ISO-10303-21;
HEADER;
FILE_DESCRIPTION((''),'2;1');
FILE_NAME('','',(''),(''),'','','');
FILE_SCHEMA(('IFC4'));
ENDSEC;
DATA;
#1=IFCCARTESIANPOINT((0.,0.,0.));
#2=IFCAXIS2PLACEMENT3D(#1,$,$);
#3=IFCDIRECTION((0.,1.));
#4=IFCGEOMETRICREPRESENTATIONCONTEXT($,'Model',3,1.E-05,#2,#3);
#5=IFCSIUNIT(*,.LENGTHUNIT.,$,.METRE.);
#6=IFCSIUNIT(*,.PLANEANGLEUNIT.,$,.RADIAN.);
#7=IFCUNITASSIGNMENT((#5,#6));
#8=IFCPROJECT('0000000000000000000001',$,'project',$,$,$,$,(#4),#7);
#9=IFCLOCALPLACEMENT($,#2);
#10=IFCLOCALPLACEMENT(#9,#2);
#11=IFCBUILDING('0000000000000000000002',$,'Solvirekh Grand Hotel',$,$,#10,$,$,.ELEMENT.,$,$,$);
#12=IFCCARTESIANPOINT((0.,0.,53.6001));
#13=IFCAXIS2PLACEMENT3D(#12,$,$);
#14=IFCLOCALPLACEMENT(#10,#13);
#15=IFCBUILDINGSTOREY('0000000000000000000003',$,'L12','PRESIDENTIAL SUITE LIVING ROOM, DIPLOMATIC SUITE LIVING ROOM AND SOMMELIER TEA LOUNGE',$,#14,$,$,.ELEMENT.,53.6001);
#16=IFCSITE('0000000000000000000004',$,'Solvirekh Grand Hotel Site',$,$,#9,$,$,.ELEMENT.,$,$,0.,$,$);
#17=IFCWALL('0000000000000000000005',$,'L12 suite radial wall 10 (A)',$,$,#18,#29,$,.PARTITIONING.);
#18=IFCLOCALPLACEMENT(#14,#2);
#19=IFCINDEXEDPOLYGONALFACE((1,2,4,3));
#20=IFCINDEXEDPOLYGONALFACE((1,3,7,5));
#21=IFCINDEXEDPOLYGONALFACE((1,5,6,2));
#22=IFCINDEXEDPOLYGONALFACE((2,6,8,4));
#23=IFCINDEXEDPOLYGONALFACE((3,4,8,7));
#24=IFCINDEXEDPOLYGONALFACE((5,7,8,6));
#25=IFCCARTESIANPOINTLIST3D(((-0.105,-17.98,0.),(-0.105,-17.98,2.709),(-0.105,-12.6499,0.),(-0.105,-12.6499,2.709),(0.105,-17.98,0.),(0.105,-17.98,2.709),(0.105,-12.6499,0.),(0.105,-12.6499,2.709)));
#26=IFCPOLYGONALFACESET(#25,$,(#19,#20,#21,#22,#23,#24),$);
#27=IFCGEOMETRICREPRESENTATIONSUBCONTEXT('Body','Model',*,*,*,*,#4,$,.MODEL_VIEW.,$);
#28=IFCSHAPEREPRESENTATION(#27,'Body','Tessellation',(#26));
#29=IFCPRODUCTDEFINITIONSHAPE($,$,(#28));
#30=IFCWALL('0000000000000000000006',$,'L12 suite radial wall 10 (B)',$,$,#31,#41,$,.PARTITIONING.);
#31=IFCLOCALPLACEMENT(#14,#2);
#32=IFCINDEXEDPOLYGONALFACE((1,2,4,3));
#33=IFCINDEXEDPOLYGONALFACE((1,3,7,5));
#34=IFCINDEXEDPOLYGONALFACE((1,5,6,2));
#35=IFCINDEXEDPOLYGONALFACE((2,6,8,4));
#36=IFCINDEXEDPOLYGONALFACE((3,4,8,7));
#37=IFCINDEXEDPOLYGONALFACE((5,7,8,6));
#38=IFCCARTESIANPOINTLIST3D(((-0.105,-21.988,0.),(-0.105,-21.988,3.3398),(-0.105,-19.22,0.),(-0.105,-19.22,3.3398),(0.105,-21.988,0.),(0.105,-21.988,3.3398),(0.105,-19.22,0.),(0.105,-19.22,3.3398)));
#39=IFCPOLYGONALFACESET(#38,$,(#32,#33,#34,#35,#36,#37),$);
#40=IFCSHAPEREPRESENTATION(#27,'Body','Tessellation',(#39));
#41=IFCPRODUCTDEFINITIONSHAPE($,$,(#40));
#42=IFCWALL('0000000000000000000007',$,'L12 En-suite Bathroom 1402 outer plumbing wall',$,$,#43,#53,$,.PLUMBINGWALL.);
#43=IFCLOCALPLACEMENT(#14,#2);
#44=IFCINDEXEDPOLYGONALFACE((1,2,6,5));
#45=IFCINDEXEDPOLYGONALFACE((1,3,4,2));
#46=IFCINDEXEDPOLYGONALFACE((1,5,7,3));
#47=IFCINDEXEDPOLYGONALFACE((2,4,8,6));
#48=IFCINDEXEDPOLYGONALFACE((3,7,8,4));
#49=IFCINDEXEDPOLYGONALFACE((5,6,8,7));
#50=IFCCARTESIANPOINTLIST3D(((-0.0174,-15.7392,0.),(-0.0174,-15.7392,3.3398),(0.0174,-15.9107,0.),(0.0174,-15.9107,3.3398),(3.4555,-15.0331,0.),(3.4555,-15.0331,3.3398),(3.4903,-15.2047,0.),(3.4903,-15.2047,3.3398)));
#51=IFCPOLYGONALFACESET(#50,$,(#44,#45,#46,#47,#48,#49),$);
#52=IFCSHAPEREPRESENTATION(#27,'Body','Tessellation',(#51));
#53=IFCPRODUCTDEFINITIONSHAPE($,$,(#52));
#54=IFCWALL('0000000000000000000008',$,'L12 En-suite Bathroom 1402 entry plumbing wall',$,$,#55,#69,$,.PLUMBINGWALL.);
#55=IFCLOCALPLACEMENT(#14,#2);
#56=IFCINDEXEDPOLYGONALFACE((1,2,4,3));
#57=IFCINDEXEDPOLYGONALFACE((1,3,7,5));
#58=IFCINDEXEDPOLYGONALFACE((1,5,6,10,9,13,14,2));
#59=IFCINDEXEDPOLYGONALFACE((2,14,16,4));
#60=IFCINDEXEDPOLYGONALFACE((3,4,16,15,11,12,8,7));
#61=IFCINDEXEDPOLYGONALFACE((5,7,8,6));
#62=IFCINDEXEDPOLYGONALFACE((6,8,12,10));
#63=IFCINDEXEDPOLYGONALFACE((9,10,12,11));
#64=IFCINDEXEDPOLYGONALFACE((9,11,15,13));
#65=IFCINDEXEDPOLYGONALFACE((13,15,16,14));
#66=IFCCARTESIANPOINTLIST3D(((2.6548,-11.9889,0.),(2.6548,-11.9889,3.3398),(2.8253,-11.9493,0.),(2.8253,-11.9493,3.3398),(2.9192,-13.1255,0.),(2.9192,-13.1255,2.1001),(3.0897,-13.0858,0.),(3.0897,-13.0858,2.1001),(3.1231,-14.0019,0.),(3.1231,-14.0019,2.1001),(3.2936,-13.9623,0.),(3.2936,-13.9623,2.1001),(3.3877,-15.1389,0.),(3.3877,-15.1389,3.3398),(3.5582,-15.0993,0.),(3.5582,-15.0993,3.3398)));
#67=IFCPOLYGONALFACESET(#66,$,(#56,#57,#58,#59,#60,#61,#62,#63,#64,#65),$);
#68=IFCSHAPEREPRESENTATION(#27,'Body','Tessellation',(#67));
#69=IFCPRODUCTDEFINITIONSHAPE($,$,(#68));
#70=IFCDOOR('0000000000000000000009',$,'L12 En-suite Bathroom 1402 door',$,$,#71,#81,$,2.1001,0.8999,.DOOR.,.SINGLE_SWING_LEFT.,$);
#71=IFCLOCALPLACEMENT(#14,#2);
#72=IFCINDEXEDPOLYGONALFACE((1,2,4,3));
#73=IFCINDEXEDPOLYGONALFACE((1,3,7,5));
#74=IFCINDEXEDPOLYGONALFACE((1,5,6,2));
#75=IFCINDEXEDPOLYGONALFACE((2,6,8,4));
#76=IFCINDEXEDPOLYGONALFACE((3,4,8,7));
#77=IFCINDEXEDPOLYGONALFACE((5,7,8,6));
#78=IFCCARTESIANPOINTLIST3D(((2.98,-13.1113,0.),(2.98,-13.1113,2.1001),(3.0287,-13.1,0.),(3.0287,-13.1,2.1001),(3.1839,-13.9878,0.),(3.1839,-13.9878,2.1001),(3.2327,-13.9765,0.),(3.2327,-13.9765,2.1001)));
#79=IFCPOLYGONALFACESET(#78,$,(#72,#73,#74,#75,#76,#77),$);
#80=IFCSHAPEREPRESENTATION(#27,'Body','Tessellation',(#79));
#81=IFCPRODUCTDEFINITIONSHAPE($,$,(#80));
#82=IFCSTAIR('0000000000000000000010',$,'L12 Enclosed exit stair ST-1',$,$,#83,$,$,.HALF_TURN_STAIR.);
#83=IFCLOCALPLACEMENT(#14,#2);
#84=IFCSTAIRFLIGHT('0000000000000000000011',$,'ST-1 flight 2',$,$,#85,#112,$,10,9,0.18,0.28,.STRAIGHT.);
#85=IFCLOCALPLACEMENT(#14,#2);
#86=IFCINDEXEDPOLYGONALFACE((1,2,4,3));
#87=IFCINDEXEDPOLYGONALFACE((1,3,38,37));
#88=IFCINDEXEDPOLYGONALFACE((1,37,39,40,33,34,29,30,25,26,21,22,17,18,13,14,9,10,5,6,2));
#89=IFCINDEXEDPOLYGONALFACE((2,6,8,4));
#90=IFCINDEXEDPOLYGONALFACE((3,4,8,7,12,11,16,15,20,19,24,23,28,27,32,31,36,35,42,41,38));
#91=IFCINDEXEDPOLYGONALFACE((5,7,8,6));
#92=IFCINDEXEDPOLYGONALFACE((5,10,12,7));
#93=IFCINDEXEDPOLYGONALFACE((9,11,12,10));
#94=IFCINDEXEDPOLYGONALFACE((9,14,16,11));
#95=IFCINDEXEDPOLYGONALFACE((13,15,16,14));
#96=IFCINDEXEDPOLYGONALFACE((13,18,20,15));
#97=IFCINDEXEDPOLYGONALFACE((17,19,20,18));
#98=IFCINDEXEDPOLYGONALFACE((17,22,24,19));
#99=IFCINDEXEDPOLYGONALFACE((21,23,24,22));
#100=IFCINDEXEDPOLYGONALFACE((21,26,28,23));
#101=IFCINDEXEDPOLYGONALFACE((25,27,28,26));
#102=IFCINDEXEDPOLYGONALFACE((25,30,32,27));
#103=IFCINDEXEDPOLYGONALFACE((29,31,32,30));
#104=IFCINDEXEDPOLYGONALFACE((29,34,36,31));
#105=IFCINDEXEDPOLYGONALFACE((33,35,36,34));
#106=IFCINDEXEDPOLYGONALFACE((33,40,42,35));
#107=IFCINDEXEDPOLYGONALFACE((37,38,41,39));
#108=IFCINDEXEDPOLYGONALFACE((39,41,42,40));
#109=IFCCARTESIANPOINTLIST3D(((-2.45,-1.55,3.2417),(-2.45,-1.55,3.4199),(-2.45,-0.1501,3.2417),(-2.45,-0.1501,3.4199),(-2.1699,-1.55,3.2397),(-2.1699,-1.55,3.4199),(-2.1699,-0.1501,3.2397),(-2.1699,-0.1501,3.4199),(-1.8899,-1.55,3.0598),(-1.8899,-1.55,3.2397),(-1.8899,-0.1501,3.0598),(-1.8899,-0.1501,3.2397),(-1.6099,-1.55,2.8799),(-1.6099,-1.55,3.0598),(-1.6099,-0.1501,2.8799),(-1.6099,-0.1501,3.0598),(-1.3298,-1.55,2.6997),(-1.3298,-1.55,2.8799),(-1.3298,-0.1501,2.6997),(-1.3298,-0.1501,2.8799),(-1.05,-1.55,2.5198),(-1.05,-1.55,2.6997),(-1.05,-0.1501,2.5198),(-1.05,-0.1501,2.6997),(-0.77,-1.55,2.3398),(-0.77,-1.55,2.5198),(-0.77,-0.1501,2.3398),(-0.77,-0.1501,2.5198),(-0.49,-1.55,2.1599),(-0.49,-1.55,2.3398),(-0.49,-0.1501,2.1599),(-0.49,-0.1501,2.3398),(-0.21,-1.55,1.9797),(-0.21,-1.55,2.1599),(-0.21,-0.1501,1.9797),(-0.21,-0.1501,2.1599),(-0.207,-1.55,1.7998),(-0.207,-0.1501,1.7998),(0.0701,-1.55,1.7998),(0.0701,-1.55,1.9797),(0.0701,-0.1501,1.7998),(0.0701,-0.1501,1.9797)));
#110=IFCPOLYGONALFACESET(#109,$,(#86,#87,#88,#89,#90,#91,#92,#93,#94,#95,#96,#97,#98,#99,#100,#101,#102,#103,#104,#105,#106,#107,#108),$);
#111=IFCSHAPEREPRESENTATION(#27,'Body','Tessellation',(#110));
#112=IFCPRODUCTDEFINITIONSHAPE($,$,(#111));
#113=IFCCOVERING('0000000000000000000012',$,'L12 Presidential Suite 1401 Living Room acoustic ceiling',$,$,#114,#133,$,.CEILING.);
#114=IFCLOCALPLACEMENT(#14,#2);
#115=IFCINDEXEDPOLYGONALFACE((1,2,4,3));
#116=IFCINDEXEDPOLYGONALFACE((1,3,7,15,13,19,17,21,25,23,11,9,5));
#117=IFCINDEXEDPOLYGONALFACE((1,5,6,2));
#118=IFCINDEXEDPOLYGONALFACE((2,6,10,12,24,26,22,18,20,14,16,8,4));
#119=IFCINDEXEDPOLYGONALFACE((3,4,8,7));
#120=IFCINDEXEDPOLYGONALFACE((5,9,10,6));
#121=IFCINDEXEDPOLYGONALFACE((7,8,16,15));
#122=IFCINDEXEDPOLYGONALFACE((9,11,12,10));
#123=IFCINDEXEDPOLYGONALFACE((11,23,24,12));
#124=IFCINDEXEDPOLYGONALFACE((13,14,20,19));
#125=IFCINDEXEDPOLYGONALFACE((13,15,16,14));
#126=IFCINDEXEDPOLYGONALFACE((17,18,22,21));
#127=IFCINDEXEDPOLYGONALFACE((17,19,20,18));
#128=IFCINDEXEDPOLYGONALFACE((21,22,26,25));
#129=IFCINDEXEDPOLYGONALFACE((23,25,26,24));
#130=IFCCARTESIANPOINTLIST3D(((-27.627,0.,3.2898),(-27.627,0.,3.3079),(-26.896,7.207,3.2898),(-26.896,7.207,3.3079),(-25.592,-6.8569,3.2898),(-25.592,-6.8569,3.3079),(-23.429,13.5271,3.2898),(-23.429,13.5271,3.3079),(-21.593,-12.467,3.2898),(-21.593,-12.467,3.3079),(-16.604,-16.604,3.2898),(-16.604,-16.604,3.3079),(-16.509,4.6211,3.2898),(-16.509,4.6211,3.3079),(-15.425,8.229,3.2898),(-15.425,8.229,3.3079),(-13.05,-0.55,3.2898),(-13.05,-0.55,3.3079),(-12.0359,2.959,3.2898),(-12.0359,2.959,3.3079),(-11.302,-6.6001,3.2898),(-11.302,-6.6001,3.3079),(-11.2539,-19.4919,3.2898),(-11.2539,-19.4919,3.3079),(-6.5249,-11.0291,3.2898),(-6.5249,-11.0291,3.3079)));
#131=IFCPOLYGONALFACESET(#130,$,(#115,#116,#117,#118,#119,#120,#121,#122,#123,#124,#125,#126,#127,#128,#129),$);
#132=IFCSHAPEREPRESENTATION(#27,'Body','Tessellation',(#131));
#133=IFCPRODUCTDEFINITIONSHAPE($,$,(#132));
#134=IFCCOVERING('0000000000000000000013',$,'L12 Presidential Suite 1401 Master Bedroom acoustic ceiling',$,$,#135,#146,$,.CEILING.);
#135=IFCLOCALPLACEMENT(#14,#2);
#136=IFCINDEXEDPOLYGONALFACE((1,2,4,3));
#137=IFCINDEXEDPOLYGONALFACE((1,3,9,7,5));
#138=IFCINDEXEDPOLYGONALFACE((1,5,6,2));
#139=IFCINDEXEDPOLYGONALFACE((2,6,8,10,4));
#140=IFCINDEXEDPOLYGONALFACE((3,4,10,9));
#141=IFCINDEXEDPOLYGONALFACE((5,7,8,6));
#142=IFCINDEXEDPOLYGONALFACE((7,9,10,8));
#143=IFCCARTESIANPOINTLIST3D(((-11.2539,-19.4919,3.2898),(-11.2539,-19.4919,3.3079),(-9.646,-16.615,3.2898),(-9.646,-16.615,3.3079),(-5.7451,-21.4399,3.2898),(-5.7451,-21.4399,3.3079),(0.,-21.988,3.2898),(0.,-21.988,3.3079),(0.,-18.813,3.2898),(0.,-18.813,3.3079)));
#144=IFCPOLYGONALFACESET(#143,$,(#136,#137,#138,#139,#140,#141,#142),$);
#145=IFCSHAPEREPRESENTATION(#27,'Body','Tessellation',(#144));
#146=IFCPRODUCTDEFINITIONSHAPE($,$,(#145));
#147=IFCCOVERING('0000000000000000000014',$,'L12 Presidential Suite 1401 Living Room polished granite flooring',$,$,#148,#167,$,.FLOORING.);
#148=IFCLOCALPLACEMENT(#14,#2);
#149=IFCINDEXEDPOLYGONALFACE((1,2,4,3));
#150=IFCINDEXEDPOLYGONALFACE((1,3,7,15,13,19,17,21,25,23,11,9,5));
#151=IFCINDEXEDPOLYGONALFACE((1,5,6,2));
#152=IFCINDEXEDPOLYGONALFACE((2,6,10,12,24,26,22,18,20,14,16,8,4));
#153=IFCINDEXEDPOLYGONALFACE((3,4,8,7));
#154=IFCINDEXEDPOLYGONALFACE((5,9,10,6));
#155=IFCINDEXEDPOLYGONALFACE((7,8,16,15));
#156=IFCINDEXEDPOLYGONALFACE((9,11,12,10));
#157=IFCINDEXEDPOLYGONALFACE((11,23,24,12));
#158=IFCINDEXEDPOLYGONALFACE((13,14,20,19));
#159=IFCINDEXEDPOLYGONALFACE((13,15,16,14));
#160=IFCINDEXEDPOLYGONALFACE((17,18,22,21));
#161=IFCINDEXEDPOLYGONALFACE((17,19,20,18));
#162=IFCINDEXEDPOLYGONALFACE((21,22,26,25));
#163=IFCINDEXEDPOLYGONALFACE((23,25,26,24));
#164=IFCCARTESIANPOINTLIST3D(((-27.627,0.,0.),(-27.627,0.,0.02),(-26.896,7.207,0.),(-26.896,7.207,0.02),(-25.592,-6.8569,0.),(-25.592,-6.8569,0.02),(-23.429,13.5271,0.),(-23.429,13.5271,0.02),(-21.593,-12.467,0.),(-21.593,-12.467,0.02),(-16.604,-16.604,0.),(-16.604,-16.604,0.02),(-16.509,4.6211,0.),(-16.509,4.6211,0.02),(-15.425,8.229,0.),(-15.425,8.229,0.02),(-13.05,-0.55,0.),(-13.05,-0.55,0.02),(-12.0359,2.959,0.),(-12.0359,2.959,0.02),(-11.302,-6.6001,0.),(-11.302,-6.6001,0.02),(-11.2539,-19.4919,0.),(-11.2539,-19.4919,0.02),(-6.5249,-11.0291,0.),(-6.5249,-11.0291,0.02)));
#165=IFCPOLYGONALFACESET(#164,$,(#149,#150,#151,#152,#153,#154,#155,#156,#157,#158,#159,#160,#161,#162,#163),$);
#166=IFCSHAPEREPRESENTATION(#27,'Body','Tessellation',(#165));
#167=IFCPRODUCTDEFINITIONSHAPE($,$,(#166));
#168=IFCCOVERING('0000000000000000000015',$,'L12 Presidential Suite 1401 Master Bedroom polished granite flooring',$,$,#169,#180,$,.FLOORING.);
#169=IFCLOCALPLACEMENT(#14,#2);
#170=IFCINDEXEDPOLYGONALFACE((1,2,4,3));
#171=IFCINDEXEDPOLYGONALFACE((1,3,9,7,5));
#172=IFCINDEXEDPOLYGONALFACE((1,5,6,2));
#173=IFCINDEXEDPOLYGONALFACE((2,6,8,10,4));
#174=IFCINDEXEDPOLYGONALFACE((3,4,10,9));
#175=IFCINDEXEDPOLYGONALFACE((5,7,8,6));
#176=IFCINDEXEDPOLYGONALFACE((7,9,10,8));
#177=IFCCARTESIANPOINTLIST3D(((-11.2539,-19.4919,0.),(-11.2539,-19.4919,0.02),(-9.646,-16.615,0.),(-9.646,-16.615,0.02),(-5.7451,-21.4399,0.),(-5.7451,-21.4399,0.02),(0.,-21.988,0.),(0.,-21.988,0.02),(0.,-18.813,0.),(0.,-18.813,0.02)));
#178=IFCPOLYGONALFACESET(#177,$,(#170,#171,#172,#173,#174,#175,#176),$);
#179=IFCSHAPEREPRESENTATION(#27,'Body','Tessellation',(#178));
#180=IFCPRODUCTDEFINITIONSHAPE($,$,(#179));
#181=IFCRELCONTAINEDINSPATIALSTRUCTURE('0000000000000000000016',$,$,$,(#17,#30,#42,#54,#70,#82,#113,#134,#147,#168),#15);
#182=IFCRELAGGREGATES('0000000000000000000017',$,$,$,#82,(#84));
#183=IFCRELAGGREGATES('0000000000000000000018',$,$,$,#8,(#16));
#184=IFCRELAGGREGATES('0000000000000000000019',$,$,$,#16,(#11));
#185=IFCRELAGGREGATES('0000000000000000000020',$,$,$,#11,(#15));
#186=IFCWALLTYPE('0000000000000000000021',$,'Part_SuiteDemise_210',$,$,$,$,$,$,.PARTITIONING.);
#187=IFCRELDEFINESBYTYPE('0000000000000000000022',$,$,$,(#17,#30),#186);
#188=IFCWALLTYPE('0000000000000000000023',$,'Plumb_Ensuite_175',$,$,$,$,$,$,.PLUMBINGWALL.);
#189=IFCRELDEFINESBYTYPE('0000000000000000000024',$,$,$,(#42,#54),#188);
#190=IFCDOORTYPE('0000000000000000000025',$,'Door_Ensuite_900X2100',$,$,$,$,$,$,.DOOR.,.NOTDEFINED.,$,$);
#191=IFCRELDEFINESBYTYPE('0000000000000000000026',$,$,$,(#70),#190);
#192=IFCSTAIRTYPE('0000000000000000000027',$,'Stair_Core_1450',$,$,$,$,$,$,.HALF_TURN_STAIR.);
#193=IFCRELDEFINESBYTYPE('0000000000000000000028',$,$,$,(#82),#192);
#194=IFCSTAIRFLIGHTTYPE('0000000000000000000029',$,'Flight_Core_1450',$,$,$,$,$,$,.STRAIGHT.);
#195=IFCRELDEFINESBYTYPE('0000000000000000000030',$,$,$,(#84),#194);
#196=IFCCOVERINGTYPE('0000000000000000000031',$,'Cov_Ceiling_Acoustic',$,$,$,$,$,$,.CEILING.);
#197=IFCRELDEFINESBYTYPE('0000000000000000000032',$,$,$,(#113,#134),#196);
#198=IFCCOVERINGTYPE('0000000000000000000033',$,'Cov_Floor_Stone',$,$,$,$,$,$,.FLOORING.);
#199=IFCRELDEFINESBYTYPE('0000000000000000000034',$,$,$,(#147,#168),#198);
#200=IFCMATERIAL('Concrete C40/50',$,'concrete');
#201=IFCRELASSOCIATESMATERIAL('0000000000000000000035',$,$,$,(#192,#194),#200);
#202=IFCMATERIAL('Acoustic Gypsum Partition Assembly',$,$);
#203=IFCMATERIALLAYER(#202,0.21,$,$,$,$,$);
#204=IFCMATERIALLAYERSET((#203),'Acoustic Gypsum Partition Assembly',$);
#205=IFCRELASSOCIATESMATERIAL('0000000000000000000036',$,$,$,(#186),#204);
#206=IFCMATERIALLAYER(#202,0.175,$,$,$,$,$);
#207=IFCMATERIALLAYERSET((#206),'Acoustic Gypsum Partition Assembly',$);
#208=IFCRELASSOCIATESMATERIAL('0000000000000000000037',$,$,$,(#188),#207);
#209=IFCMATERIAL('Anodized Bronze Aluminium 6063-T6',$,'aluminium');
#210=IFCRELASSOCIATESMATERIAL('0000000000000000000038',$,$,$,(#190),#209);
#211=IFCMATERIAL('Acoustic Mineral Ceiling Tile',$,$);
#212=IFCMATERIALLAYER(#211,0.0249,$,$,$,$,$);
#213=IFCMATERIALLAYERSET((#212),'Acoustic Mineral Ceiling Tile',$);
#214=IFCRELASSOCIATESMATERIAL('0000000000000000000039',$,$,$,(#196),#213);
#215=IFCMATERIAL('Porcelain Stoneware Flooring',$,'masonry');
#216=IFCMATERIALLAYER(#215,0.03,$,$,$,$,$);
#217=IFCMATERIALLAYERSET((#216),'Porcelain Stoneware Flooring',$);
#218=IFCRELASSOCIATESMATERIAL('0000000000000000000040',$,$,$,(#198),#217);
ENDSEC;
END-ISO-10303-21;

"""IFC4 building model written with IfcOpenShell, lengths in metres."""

from ifc_helpers import new_model, si_unit, direction, frame, frame_2d, origin, place, context, subcontext, project, spatial, polyline, rectangle, outline, extrude, material, layer, layer_set, type_object, element, fill, aggregate, save


model = new_model("IFC4")

# Units and contexts
model_context = context("Model", 3, precision=1e-05, world=origin(), true_north=direction((0.0, 1.0)))
body_context = subcontext(model_context, "Body", "Model", "MODEL_VIEW")
ifc_project = project(units=[si_unit("LENGTHUNIT", "METRE"), si_unit("PLANEANGLEUNIT", "RADIAN")], contexts=[model_context])

# Site, building, storey
site_placement = place(None, origin())
site = spatial("IfcSite", under=ifc_project, at=site_placement, Name="Solvirekh Grand Hotel Site", CompositionType="ELEMENT", RefElevation=0.0)
building_placement = place(site_placement, origin())
building = spatial("IfcBuilding", under=site, at=building_placement, Name="Solvirekh Grand Hotel", CompositionType="ELEMENT")
storey_placement = place(building_placement, frame((0.0, 0.0, 53.6001)))
storey = spatial("IfcBuildingStorey", under=building, at=storey_placement, Name="L12", Description="PRESIDENTIAL SUITE LIVING ROOM, DIPLOMATIC SUITE LIVING ROOM AND SOMMELIER TEA LOUNGE", CompositionType="ELEMENT", Elevation=53.6001)

# Shared definitions
ifc_material_1 = material(Name="Concrete C40/50", Category="concrete")
stair_type = type_object("IfcStairType", Name="Stair_Core_1450", PredefinedType="HALF_TURN_STAIR", material=ifc_material_1)

# Shared definitions
ifc_material_2 = material(Name="Acoustic Gypsum Partition Assembly")

# Walls
ifc_layer_1 = layer(ifc_material_2, 0.21)
ifc_layer_set_1 = layer_set([ifc_layer_1], Name="Acoustic Gypsum Partition Assembly")
wall_type_1 = type_object("IfcWallType", Name="Part_SuiteDemise_210", PredefinedType="PARTITIONING", material=ifc_layer_set_1)
wall_1_placement = place(storey_placement, frame((0.0, -12.6499, 0.0), z_axis=(0.0, 0.0, 1.0), x_axis=(0.0, -1.0, 0.0)))
element("IfcWall", 1, at=wall_1_placement, inside=storey, type_object=wall_type_1, Name="L12 suite radial wall 10 (A)", PredefinedType="PARTITIONING", context=body_context, shape_type="SweptSolid", body=[
    extrude(rectangle(XDim=5.3301, YDim=0.21, at=frame_2d((2.665, 0.0))), origin(), (0.0, 0.0, 1.0), 2.709),
])
wall_2_placement = place(storey_placement, frame((0.0, -19.22, 0.0), z_axis=(0.0, 0.0, 1.0), x_axis=(0.0, -1.0, 0.0)))
element("IfcWall", 2, at=wall_2_placement, inside=storey, type_object=wall_type_1, Name="L12 suite radial wall 10 (B)", PredefinedType="PARTITIONING", context=body_context, shape_type="SweptSolid", body=[
    extrude(rectangle(XDim=2.7681, YDim=0.21, at=frame_2d((1.384, 0.0))), origin(), (0.0, 0.0, 1.0), 3.3398),
])
ifc_layer_2 = layer(ifc_material_2, 0.175)
ifc_layer_set_2 = layer_set([ifc_layer_2], Name="Acoustic Gypsum Partition Assembly")
wall_type_2 = type_object("IfcWallType", Name="Plumb_Ensuite_175", PredefinedType="PLUMBINGWALL", material=ifc_layer_set_2)
wall_3_placement = place(storey_placement, frame((0.0, -15.825, 0.0), z_axis=(0.0, 0.0, 1.0), x_axis=(0.979953, 0.199228, 0.0)))
element("IfcWall", 3, at=wall_3_placement, inside=storey, type_object=wall_type_2, Name="L12 En-suite Bathroom 1402 outer plumbing wall", PredefinedType="PLUMBINGWALL", context=body_context, shape_type="SweptSolid", body=[
    extrude(rectangle(XDim=3.5439, YDim=0.175, at=frame_2d((1.772, 0.0))), origin(), (0.0, 0.0, 1.0), 3.3398),
])

# Wall, opening, door
wall_4_placement = place(storey_placement, frame((2.74, -11.969, 0.0), z_axis=(0.0, 0.0, 1.0), x_axis=(0.226623, -0.973982, 0.0)))
wall_4 = element("IfcWall", 4, at=wall_4_placement, inside=storey, type_object=wall_type_2, Name="L12 En-suite Bathroom 1402 entry plumbing wall", PredefinedType="PLUMBINGWALL", context=body_context, shape_type="SweptSolid", body=[
    extrude(rectangle(XDim=3.2341, YDim=0.175, at=frame_2d((1.6172, 0.0))), origin(), (0.0, 0.0, 1.0), 3.3398),
])
opening_1_placement = place(wall_4_placement, frame((1.167, 0.0, 0.0)))
opening_1 = element("IfcOpeningElement", 5, at=opening_1_placement, cuts=wall_4, PredefinedType="OPENING", context=body_context, shape_type="SweptSolid", body=[
    extrude(rectangle(XDim=0.8999, YDim=2.1001, at=frame_2d((0.45, 1.05))), frame((0.0, 0.0977, 0.0), z_axis=(0.0, -1.0, 0.0), x_axis=(1.0, 0.0, 0.0)), (0.0, 0.0, 1.0), 0.1951),
])
ifc_material_3 = material(Name="Anodized Bronze Aluminium 6063-T6", Category="aluminium")
door_type_1 = type_object("IfcDoorType", Name="Door_Ensuite_900X2100", OperationType="NOTDEFINED", PredefinedType="DOOR", material=ifc_material_3)
door_1_placement = place(opening_1_placement, origin())
door_1 = element("IfcDoor", 6, at=door_1_placement, inside=storey, type_object=door_type_1, Name="L12 En-suite Bathroom 1402 door", OperationType="SINGLE_SWING_LEFT", OverallHeight=2.1001, OverallWidth=0.8999, PredefinedType="DOOR", context=body_context, shape_type="SweptSolid", body=[
    extrude(rectangle(XDim=0.8999, YDim=2.1001, at=frame_2d((0.45, 1.05))), frame((0.0, 0.0249, 0.0), z_axis=(0.0, -1.0, 0.0), x_axis=(1.0, 0.0, 0.0)), (0.0, 0.0, 1.0), 0.05),
])
fill(opening_1, door_1)

# Stair, stair flight
stair_1_placement = place(storey_placement, origin())
stair_1 = element("IfcStair", 7, at=stair_1_placement, inside=storey, type_object=stair_type, Name="L12 Enclosed exit stair ST-1", PredefinedType="HALF_TURN_STAIR")
stair_flight_type = type_object("IfcStairFlightType", Name="Flight_Core_1450", PredefinedType="STRAIGHT", material=ifc_material_1)
stair_flight_placement = place(storey_placement, frame((0.0701, -0.8501, 1.7998), z_axis=(0.0, 0.0, 1.0), x_axis=(-1.0, 0.0, 0.0)))
stair_flight = element("IfcStairFlight", 8, at=stair_flight_placement, type_object=stair_flight_type, Name="ST-1 flight 2", NumberOfRisers=10, NumberOfTreads=9, PredefinedType="STRAIGHT", RiserHeight=0.18, TreadLength=0.28, context=body_context, shape_type="SweptSolid", body=[
    extrude(outline(polyline([(0.0, 0.0), (0.0, 0.1799), (0.28, 0.1799), (0.28, 0.3601), (0.5601, 0.3601), (0.5601, 0.54), (0.8401, 0.54), (0.8401, 0.72), (1.1201, 0.72), (1.1201, 0.8999), (1.3999, 0.8999), (1.3999, 1.0801), (1.6799, 1.0801), (1.6799, 1.26), (1.96, 1.26), (1.96, 1.4399), (2.24, 1.4399), (2.24, 1.6201), (2.52, 1.6201), (2.52, 1.8), (2.52, 1.4419), (0.2771, 0.0), (0.0, 0.0)])), frame((0.0, 0.7, 0.0), z_axis=(0.0, -1.0, 0.0), x_axis=(1.0, 0.0, 0.0)), (0.0, 0.0, 1.0), 1.3999),
])
aggregate(stair_1, [stair_flight])

# Coverings
ifc_material_4 = material(Name="Acoustic Mineral Ceiling Tile")
ifc_layer_3 = layer(ifc_material_4, 0.0249)
ifc_layer_set_3 = layer_set([ifc_layer_3], Name="Acoustic Mineral Ceiling Tile")
covering_type_1 = type_object("IfcCoveringType", Name="Cov_Ceiling_Acoustic", PredefinedType="CEILING", material=ifc_layer_set_3)
covering_1_placement = place(storey_placement, frame((0.0, 0.0, 3.2898)))
element("IfcCovering", 9, at=covering_1_placement, inside=storey, type_object=covering_type_1, Name="L12 Presidential Suite 1401 Living Room acoustic ceiling", PredefinedType="CEILING", context=body_context, shape_type="SweptSolid", body=[
    extrude(outline(polyline([(-16.509, 4.6211), (-15.425, 8.229), (-23.429, 13.5271), (-26.896, 7.207), (-27.627, 0.0), (-25.592, -6.8569), (-21.593, -12.467), (-16.604, -16.604), (-11.2539, -19.4919), (-6.5249, -11.0291), (-11.302, -6.6001), (-13.05, -0.55), (-12.0359, 2.959), (-16.509, 4.6211)])), origin(), (0.0, 0.0, 1.0), 0.0181),
])
covering_2_placement = place(storey_placement, frame((0.0, 0.0, 3.2898)))
element("IfcCovering", 10, at=covering_2_placement, inside=storey, type_object=covering_type_1, Name="L12 Presidential Suite 1401 Master Bedroom acoustic ceiling", PredefinedType="CEILING", context=body_context, shape_type="SweptSolid", body=[
    extrude(outline(polyline([(-11.2539, -19.4919), (-5.7451, -21.4399), (0.0, -21.988), (0.0, -18.813), (-9.646, -16.615), (-11.2539, -19.4919)])), origin(), (0.0, 0.0, 1.0), 0.0181),
])
ifc_material_5 = material(Name="Porcelain Stoneware Flooring", Category="masonry")
ifc_layer_4 = layer(ifc_material_5, 0.03)
ifc_layer_set_4 = layer_set([ifc_layer_4], Name="Porcelain Stoneware Flooring")
covering_type_2 = type_object("IfcCoveringType", Name="Cov_Floor_Stone", PredefinedType="FLOORING", material=ifc_layer_set_4)
covering_3_placement = place(storey_placement, origin())
element("IfcCovering", 11, at=covering_3_placement, inside=storey, type_object=covering_type_2, Name="L12 Presidential Suite 1401 Living Room polished granite flooring", PredefinedType="FLOORING", context=body_context, shape_type="SweptSolid", body=[
    extrude(outline(polyline([(-16.509, 4.6211), (-15.425, 8.229), (-23.429, 13.5271), (-26.896, 7.207), (-27.627, 0.0), (-25.592, -6.8569), (-21.593, -12.467), (-16.604, -16.604), (-11.2539, -19.4919), (-6.5249, -11.0291), (-11.302, -6.6001), (-13.05, -0.55), (-12.0359, 2.959), (-16.509, 4.6211)])), origin(), (0.0, 0.0, 1.0), 0.02),
])
covering_4_placement = place(storey_placement, origin())
element("IfcCovering", 12, at=covering_4_placement, inside=storey, type_object=covering_type_2, Name="L12 Presidential Suite 1401 Master Bedroom polished granite flooring", PredefinedType="FLOORING", context=body_context, shape_type="SweptSolid", body=[
    extrude(outline(polyline([(-11.2539, -19.4919), (-5.7451, -21.4399), (0.0, -21.988), (0.0, -18.813), (-9.646, -16.615), (-11.2539, -19.4919)])), origin(), (0.0, 0.0, 1.0), 0.02),
])

save(model, "model.ifc")
